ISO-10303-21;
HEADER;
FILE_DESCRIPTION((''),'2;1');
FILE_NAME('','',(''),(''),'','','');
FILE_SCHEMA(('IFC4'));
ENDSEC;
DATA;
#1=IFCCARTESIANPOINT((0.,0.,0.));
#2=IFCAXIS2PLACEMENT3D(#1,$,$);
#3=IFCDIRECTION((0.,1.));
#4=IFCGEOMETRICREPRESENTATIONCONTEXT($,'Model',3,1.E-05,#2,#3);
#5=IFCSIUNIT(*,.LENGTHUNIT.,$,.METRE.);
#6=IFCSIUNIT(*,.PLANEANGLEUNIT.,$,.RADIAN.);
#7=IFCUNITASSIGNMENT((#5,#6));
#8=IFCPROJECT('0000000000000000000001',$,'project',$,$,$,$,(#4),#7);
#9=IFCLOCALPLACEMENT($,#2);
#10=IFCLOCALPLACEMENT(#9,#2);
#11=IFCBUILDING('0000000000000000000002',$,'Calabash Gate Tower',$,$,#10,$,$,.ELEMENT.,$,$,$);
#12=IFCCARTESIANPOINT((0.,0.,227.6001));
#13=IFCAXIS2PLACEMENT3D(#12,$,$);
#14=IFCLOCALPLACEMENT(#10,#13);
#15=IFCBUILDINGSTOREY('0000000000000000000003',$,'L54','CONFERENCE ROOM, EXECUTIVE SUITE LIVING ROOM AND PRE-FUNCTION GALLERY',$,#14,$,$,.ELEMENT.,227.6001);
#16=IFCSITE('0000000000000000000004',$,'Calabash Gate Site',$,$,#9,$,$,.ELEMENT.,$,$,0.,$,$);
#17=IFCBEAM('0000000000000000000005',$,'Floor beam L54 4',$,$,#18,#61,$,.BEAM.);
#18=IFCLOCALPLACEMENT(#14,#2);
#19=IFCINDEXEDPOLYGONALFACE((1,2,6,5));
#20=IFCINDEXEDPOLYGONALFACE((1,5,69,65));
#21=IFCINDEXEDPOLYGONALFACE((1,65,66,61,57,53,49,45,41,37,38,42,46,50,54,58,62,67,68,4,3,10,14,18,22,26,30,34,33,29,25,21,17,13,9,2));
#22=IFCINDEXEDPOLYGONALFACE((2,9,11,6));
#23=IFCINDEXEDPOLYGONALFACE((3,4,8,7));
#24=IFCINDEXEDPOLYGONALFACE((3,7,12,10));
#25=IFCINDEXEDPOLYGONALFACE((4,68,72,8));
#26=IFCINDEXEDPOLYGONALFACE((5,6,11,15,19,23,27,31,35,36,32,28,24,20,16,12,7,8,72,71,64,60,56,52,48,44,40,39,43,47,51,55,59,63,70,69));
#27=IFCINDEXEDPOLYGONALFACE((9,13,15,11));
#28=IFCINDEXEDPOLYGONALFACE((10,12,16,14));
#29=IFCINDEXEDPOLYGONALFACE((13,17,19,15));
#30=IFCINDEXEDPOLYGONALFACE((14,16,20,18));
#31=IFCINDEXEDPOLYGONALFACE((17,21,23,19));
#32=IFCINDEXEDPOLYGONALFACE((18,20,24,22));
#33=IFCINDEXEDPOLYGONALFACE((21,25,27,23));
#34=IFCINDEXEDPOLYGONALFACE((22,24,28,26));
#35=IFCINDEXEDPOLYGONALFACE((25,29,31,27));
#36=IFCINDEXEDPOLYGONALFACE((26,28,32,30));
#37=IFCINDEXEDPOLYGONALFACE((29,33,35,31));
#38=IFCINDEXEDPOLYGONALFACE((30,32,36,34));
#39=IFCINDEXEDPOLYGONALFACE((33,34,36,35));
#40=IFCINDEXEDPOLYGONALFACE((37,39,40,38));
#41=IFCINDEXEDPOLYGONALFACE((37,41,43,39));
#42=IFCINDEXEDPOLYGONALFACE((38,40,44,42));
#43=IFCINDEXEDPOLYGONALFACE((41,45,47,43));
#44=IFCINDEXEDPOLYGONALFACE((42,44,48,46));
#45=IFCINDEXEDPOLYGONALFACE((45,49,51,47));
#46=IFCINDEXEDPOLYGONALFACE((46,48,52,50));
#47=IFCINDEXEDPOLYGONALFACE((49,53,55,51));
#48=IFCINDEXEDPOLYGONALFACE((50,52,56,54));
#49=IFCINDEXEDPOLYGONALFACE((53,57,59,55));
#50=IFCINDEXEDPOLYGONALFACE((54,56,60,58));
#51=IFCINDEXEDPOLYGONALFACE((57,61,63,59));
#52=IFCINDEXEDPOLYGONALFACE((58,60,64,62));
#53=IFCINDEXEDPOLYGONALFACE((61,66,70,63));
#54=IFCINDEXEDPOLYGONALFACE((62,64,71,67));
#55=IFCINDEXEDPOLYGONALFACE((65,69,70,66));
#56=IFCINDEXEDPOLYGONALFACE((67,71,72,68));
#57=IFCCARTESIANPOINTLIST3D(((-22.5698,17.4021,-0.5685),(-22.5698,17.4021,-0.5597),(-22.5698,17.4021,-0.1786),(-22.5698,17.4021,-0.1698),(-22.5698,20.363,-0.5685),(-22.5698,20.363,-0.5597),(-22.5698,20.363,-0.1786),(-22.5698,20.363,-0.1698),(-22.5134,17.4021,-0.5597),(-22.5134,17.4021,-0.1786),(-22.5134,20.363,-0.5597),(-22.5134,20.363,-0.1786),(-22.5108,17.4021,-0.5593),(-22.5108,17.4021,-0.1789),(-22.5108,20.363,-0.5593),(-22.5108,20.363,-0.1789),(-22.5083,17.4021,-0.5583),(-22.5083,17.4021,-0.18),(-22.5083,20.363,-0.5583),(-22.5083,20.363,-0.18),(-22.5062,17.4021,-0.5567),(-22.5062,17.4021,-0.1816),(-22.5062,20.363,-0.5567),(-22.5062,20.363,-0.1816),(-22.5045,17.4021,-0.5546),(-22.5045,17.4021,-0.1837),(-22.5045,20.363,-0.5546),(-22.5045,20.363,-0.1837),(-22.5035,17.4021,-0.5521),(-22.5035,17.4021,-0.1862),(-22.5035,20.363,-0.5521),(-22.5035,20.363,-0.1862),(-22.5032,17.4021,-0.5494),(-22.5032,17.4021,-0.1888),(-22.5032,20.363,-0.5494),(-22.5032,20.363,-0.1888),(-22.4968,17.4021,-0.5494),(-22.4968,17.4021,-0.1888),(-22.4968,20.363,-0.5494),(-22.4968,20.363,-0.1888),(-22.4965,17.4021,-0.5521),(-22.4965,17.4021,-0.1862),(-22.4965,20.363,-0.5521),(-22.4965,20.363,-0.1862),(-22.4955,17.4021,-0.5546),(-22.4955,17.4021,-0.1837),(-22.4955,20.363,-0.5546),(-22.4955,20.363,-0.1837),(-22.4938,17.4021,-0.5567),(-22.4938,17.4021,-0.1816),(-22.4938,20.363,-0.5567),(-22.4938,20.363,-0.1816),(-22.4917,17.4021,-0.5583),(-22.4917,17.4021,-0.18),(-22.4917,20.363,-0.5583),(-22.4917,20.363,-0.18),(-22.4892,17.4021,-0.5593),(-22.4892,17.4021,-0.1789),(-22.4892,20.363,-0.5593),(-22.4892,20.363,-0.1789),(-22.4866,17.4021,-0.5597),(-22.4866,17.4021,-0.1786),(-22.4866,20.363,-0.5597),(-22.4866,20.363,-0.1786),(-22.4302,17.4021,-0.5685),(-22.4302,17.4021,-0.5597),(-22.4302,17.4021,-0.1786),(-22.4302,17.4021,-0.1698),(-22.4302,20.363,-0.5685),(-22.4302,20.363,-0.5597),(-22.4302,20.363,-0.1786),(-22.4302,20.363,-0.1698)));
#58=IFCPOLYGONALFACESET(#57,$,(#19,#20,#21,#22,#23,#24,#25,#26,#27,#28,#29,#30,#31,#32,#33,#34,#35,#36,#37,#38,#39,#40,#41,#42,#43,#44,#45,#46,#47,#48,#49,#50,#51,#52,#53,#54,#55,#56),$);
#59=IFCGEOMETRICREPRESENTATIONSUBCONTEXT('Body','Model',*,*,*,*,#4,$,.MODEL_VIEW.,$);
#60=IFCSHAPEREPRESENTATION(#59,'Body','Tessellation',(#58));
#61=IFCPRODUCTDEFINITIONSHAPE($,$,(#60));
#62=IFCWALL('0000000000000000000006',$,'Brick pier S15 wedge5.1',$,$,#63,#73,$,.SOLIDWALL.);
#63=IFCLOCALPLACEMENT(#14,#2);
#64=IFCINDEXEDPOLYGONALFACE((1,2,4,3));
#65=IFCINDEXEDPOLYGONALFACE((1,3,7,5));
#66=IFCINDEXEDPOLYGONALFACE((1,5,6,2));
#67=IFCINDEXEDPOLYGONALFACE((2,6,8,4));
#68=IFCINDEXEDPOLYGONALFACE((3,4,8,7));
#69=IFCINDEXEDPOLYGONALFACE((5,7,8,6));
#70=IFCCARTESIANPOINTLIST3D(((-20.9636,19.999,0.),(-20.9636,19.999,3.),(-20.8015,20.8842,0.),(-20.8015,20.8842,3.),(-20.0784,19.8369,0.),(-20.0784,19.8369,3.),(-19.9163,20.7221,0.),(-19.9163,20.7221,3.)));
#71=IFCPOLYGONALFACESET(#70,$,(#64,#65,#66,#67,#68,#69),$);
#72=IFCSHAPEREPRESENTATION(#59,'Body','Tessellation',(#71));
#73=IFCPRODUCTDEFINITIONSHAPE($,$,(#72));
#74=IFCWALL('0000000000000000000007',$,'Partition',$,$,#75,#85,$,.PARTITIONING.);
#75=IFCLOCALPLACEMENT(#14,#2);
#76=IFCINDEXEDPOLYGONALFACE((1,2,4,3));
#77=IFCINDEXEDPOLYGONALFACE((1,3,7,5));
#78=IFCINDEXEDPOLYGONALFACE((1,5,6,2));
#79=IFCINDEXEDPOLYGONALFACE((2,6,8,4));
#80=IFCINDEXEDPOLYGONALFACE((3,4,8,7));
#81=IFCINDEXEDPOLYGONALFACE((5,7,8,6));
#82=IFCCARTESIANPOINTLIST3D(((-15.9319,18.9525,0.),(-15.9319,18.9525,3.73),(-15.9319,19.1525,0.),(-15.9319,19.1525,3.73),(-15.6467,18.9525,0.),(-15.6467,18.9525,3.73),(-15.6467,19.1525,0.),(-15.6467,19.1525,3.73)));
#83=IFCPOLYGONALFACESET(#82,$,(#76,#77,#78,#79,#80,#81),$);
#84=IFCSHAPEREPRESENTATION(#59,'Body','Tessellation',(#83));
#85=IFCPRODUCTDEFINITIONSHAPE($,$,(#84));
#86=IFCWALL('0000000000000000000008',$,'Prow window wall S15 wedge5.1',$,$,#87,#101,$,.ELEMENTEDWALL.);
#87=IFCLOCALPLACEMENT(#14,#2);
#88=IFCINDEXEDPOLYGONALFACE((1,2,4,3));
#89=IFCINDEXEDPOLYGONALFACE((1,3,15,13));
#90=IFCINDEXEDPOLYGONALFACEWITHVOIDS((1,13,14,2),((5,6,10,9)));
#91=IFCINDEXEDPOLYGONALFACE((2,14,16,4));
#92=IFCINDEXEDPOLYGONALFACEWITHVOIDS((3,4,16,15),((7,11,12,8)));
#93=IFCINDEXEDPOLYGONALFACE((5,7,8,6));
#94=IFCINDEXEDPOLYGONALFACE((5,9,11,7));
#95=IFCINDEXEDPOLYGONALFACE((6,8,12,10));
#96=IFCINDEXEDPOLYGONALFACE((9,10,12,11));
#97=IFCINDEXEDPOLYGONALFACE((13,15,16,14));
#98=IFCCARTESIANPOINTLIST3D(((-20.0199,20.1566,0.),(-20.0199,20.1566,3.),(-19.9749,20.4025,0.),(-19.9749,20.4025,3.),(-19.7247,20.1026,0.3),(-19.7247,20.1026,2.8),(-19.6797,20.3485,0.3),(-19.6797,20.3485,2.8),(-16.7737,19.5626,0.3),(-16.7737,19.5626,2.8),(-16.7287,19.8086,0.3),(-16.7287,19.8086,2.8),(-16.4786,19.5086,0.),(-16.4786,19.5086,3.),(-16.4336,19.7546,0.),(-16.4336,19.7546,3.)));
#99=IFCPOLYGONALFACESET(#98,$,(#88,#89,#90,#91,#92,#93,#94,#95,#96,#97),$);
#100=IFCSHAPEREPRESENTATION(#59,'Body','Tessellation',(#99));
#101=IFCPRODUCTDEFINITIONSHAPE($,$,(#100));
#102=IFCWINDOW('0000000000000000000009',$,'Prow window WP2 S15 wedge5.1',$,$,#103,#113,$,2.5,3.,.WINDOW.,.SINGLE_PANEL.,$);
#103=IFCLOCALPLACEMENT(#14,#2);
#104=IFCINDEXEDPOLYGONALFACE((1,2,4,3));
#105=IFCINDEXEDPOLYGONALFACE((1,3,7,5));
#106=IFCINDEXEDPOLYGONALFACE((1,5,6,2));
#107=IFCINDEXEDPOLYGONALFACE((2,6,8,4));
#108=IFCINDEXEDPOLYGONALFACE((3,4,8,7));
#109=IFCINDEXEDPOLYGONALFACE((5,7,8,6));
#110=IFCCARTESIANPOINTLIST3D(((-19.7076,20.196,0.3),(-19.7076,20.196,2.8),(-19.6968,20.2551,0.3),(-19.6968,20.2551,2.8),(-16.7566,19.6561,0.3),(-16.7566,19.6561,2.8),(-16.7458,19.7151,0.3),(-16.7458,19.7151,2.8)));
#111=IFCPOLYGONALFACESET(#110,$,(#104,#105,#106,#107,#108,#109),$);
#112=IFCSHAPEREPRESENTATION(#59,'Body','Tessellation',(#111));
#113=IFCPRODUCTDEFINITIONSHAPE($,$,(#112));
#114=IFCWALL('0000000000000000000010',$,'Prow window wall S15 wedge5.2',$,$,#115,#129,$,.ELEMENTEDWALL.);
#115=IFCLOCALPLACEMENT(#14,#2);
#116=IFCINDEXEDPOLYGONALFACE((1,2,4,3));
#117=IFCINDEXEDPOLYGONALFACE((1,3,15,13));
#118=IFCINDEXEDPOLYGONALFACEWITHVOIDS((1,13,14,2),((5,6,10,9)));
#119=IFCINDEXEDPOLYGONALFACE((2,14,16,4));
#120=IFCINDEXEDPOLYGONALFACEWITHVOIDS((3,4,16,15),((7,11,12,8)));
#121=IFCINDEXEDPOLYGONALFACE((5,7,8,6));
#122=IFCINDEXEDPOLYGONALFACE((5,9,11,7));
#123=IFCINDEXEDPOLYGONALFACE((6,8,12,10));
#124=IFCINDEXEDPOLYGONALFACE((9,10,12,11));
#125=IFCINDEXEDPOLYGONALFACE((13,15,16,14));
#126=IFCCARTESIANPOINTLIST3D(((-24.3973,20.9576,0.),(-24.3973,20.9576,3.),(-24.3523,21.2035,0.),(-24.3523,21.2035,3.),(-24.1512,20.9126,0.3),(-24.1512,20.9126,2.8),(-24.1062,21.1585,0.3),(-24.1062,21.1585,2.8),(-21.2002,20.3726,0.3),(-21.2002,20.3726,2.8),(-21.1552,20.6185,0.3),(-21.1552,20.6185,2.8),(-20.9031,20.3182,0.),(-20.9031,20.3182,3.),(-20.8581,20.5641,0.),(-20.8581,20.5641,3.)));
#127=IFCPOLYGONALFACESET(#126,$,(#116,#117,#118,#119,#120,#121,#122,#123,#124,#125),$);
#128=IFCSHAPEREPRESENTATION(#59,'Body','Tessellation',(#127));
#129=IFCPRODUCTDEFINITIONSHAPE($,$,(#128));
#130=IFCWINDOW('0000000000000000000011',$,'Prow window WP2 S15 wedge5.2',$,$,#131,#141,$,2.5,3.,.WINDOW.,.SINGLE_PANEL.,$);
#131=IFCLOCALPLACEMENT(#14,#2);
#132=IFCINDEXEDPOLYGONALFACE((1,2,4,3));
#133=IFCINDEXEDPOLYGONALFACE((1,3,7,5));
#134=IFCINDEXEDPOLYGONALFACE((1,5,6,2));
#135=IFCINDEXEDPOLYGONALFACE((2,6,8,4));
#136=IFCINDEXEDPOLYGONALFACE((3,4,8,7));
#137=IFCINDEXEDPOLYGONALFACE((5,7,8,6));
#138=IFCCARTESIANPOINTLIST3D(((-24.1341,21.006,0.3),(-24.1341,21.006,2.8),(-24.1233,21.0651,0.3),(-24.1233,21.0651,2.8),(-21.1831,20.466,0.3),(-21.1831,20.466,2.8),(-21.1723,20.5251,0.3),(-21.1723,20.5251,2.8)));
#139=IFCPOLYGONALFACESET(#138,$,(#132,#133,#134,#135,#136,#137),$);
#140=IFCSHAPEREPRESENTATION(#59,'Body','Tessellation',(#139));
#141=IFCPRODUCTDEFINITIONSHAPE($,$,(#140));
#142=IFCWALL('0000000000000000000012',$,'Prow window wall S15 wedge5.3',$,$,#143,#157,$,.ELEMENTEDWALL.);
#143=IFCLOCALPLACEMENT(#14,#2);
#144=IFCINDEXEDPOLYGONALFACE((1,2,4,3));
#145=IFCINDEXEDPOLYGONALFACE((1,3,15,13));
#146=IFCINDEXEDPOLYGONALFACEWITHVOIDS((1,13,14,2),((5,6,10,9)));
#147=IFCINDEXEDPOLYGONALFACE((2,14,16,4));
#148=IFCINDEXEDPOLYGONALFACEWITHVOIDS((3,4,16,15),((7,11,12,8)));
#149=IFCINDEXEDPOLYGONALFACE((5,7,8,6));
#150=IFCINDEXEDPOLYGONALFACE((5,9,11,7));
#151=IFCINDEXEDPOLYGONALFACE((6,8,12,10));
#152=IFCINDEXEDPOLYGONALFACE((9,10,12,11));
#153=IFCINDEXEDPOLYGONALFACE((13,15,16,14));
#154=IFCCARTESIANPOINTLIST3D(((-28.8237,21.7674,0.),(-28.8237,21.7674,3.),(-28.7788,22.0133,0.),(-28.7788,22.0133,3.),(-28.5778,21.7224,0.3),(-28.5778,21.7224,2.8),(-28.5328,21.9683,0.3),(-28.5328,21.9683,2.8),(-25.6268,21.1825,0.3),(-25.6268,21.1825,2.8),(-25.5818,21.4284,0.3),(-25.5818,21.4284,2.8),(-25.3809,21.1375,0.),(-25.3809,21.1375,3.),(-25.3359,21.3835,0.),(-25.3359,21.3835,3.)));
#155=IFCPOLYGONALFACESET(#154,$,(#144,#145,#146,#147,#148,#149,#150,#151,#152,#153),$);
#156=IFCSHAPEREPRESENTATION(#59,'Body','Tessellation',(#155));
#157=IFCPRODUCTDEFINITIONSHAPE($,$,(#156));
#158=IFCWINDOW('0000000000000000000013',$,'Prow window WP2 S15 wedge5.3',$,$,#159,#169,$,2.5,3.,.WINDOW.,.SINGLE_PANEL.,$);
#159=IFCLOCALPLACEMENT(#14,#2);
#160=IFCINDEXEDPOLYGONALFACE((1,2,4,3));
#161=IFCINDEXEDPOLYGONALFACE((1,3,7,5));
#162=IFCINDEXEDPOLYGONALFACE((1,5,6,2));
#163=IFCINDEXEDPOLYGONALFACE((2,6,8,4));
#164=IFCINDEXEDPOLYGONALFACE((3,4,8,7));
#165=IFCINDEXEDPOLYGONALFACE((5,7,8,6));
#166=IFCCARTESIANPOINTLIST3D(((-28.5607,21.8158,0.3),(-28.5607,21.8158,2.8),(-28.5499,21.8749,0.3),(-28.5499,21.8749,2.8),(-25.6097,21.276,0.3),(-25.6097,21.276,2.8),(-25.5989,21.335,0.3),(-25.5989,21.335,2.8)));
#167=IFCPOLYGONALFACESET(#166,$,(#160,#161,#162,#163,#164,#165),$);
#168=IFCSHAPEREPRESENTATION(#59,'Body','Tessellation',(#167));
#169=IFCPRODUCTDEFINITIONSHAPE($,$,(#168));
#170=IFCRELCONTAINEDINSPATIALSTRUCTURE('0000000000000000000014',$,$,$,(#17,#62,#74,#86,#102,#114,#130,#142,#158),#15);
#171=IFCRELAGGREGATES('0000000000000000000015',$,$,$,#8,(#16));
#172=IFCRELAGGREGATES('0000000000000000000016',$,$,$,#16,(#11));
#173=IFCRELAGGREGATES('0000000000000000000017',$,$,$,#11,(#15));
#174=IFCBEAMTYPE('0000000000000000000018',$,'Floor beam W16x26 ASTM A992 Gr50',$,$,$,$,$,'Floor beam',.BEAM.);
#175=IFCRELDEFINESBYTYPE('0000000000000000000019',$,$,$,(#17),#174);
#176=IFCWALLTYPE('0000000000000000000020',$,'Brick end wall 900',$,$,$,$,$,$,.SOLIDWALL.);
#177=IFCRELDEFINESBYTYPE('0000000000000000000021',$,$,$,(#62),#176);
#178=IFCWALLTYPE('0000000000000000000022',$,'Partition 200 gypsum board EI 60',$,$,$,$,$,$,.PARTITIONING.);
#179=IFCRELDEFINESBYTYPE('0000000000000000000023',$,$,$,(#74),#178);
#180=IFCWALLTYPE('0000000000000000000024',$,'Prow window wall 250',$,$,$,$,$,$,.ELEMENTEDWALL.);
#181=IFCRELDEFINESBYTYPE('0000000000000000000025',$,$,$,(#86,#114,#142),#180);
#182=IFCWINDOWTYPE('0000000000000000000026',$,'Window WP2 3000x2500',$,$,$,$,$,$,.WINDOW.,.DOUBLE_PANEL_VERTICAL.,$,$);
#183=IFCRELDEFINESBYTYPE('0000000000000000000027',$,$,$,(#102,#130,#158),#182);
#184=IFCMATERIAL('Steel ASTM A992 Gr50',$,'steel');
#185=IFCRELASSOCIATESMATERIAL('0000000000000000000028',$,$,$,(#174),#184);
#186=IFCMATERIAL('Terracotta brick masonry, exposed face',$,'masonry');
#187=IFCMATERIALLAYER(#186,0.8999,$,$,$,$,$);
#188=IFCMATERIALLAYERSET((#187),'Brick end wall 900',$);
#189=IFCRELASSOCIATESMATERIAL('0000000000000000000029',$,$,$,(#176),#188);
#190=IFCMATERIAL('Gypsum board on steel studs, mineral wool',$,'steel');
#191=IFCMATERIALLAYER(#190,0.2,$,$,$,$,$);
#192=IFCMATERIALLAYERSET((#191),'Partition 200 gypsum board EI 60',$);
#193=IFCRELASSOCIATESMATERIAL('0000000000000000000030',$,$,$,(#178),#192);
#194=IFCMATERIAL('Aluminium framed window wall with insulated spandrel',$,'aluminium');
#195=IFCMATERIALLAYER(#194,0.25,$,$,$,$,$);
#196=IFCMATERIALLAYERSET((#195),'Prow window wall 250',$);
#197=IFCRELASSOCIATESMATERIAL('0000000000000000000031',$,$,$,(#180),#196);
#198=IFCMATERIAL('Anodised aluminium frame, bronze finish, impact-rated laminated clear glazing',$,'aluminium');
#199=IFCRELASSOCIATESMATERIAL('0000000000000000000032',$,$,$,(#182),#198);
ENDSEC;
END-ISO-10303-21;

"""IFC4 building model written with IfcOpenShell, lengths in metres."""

from ifc_helpers import new_model, si_unit, direction, frame, frame_2d, origin, origin_2d, place, context, subcontext, project, spatial, rectangle, i_section, extrude, material, layer, layer_set, material_profile, profile_set, type_object, element, fill, save


model = new_model("IFC4")

# Units and contexts
model_context = context("Model", 3, precision=1e-05, world=origin(), true_north=direction((0.0, 1.0)))
body_context = subcontext(model_context, "Body", "Model", "MODEL_VIEW")
ifc_project = project(units=[si_unit("LENGTHUNIT", "METRE"), si_unit("PLANEANGLEUNIT", "RADIAN")], contexts=[model_context])

# Site, building, storey
site_placement = place(None, origin())
site = spatial("IfcSite", under=ifc_project, at=site_placement, Name="Calabash Gate Site", CompositionType="ELEMENT", RefElevation=0.0)
building_placement = place(site_placement, origin())
building = spatial("IfcBuilding", under=site, at=building_placement, Name="Calabash Gate Tower", CompositionType="ELEMENT")
storey_placement = place(building_placement, frame((0.0, 0.0, 227.6001)))
storey = spatial("IfcBuildingStorey", under=building, at=storey_placement, Name="L54", Description="CONFERENCE ROOM, EXECUTIVE SUITE LIVING ROOM AND PRE-FUNCTION GALLERY", CompositionType="ELEMENT", Elevation=227.6001)

# Beam
ifc_material_1 = material(Name="Steel ASTM A992 Gr50", Category="steel")
ifc_material_profile_1 = material_profile(ifc_material_1, i_section(OverallWidth=0.1396, OverallDepth=0.3987, WebThickness=0.0063, FlangeThickness=0.0088, FilletRadius=0.0103, at=origin_2d()))
ifc_profile_set_1 = profile_set([ifc_material_profile_1], Name="Steel ASTM A992 Gr50")
beam_type_1 = type_object("IfcBeamType", Name="Floor beam W16x26 ASTM A992 Gr50", ElementType="Floor beam", PredefinedType="BEAM", material=ifc_profile_set_1)
beam_1_placement = place(storey_placement, frame((-22.5, 17.4021, -0.3691), z_axis=(0.0, 1.0, 0.0), x_axis=(-1.0, 0.0, 0.0)))
element("IfcBeam", 1, at=beam_1_placement, inside=storey, type_object=beam_type_1, Name="Floor beam L54 4", PredefinedType="BEAM", context=body_context, shape_type="SweptSolid", body=[
    extrude(i_section(OverallWidth=0.1396, OverallDepth=0.3987, WebThickness=0.0063, FlangeThickness=0.0088, FilletRadius=0.0103, at=origin_2d()), origin(), (0.0, 0.0, 1.0), 2.9609),
])

# Walls
ifc_material_2 = material(Name="Terracotta brick masonry, exposed face", Category="masonry")
ifc_layer_1 = layer(ifc_material_2, 0.8999)
ifc_layer_set_1 = layer_set([ifc_layer_1], Name="Brick end wall 900")
wall_type_1 = type_object("IfcWallType", Name="Brick end wall 900", PredefinedType="SOLIDWALL", material=ifc_layer_set_1)
wall_1_placement = place(storey_placement, frame((-20.521, 19.918, 0.0), z_axis=(0.0, 0.0, 1.0), x_axis=(0.180127, 0.983643, 0.0)))
element("IfcWall", 2, at=wall_1_placement, inside=storey, type_object=wall_type_1, Name="Brick pier S15 wedge5.1", PredefinedType="SOLIDWALL", context=body_context, shape_type="SweptSolid", body=[
    extrude(rectangle(XDim=0.8999, YDim=0.8999, at=frame_2d((0.45, 0.0))), origin(), (0.0, 0.0, 1.0), 3.0),
])
ifc_material_3 = material(Name="Gypsum board on steel studs, mineral wool", Category="steel")
ifc_layer_2 = layer(ifc_material_3, 0.2)
ifc_layer_set_2 = layer_set([ifc_layer_2], Name="Partition 200 gypsum board EI 60")
wall_type_2 = type_object("IfcWallType", Name="Partition 200 gypsum board EI 60", PredefinedType="PARTITIONING", material=ifc_layer_set_2)
wall_2_placement = place(storey_placement, frame((-15.9319, 19.0525, 0.0), z_axis=(0.0, 0.0, 1.0), x_axis=(1.0, 0.0, 0.0)))
element("IfcWall", 3, at=wall_2_placement, inside=storey, type_object=wall_type_2, Name="Partition", PredefinedType="PARTITIONING", context=body_context, shape_type="SweptSolid", body=[
    extrude(rectangle(XDim=0.2852, YDim=0.2, at=frame_2d((0.1426, 0.0))), origin(), (0.0, 0.0, 1.0), 3.73),
])

# Walls, openings, windows
ifc_material_4 = material(Name="Aluminium framed window wall with insulated spandrel", Category="aluminium")
ifc_layer_3 = layer(ifc_material_4, 0.25)
ifc_layer_set_3 = layer_set([ifc_layer_3], Name="Prow window wall 250")
wall_type_3 = type_object("IfcWallType", Name="Prow window wall 250", PredefinedType="ELEMENTEDWALL", material=ifc_layer_set_3)
wall_3_placement = place(storey_placement, frame((-16.4561, 19.6316, 0.0), z_axis=(0.0, 0.0, 1.0), x_axis=(-0.98367, 0.179983, 0.0)))
wall_3 = element("IfcWall", 4, at=wall_3_placement, inside=storey, type_object=wall_type_3, Name="Prow window wall S15 wedge5.1", PredefinedType="ELEMENTEDWALL", context=body_context, shape_type="SweptSolid", body=[
    extrude(rectangle(XDim=3.6001, YDim=0.25, at=frame_2d((1.8, 0.0))), origin(), (0.0, 0.0, 1.0), 3.0),
])
opening_1_placement = place(wall_3_placement, frame((0.3, 0.0, 0.3)))
opening_1 = element("IfcOpeningElement", 5, at=opening_1_placement, cuts=wall_3, PredefinedType="OPENING", context=body_context, shape_type="SweptSolid", body=[
    extrude(rectangle(XDim=3.0, YDim=2.5, at=frame_2d((1.5, 1.25))), frame((0.0, 0.135, 0.0), z_axis=(0.0, -1.0, 0.0), x_axis=(1.0, 0.0, 0.0)), (0.0, 0.0, 1.0), 0.27),
])
ifc_material_5 = material(Name="Anodised aluminium frame, bronze finish, impact-rated laminated clear glazing", Category="aluminium")
window_type = type_object("IfcWindowType", Name="Window WP2 3000x2500", PartitioningType="DOUBLE_PANEL_VERTICAL", PredefinedType="WINDOW", material=ifc_material_5)
window_1_placement = place(opening_1_placement, origin())
window_1 = element("IfcWindow", 6, at=window_1_placement, inside=storey, type_object=window_type, Name="Prow window WP2 S15 wedge5.1", OverallHeight=2.5, OverallWidth=3.0, PartitioningType="SINGLE_PANEL", PredefinedType="WINDOW", context=body_context, shape_type="SweptSolid", body=[
    extrude(rectangle(XDim=3.0, YDim=2.5, at=frame_2d((1.5, 1.25))), frame((0.0, 0.03, 0.0), z_axis=(0.0, -1.0, 0.0), x_axis=(1.0, 0.0, 0.0)), (0.0, 0.0, 1.0), 0.0601),
])
fill(opening_1, window_1)
wall_4_placement = place(storey_placement, frame((-20.8806, 20.4412, 0.0), z_axis=(0.0, 0.0, 1.0), x_axis=(-0.983666, 0.180004, 0.0)))
wall_4 = element("IfcWall", 7, at=wall_4_placement, inside=storey, type_object=wall_type_3, Name="Prow window wall S15 wedge5.2", PredefinedType="ELEMENTEDWALL", context=body_context, shape_type="SweptSolid", body=[
    extrude(rectangle(XDim=3.5522, YDim=0.25, at=frame_2d((1.7761, 0.0))), origin(), (0.0, 0.0, 1.0), 3.0),
])
opening_2_placement = place(wall_4_placement, frame((0.302, 0.0, 0.3)))
opening_2 = element("IfcOpeningElement", 8, at=opening_2_placement, cuts=wall_4, PredefinedType="OPENING", context=body_context, shape_type="SweptSolid", body=[
    extrude(rectangle(XDim=3.0, YDim=2.5, at=frame_2d((1.5, 1.25))), frame((0.0, 0.135, 0.0), z_axis=(0.0, -1.0, 0.0), x_axis=(1.0, 0.0, 0.0)), (0.0, 0.0, 1.0), 0.27),
])
window_2_placement = place(opening_2_placement, origin())
window_2 = element("IfcWindow", 9, at=window_2_placement, inside=storey, type_object=window_type, Name="Prow window WP2 S15 wedge5.2", OverallHeight=2.5, OverallWidth=3.0, PartitioningType="SINGLE_PANEL", PredefinedType="WINDOW", context=body_context, shape_type="SweptSolid", body=[
    extrude(rectangle(XDim=3.0, YDim=2.5, at=frame_2d((1.5, 1.25))), frame((0.0, 0.03, 0.0), z_axis=(0.0, -1.0, 0.0), x_axis=(1.0, 0.0, 0.0)), (0.0, 0.0, 1.0), 0.0601),
])
fill(opening_2, window_2)
wall_5_placement = place(storey_placement, frame((-25.3584, 21.2605, 0.0), z_axis=(0.0, 0.0, 1.0), x_axis=(-0.983673, 0.179966, 0.0)))
wall_5 = element("IfcWall", 10, at=wall_5_placement, inside=storey, type_object=wall_type_3, Name="Prow window wall S15 wedge5.3", PredefinedType="ELEMENTEDWALL", context=body_context, shape_type="SweptSolid", body=[
    extrude(rectangle(XDim=3.5, YDim=0.25, at=frame_2d((1.75, 0.0))), origin(), (0.0, 0.0, 1.0), 3.0),
])
opening_3_placement = place(wall_5_placement, frame((0.25, 0.0, 0.3)))
opening_3 = element("IfcOpeningElement", 11, at=opening_3_placement, cuts=wall_5, PredefinedType="OPENING", context=body_context, shape_type="SweptSolid", body=[
    extrude(rectangle(XDim=3.0, YDim=2.5, at=frame_2d((1.5, 1.25))), frame((0.0, 0.135, 0.0), z_axis=(0.0, -1.0, 0.0), x_axis=(1.0, 0.0, 0.0)), (0.0, 0.0, 1.0), 0.27),
])
window_3_placement = place(opening_3_placement, origin())
window_3 = element("IfcWindow", 12, at=window_3_placement, inside=storey, type_object=window_type, Name="Prow window WP2 S15 wedge5.3", OverallHeight=2.5, OverallWidth=3.0, PartitioningType="SINGLE_PANEL", PredefinedType="WINDOW", context=body_context, shape_type="SweptSolid", body=[
    extrude(rectangle(XDim=3.0, YDim=2.5, at=frame_2d((1.5, 1.25))), frame((0.0, 0.03, 0.0), z_axis=(0.0, -1.0, 0.0), x_axis=(1.0, 0.0, 0.0)), (0.0, 0.0, 1.0), 0.0601),
])
fill(opening_3, window_3)

save(model, "model.ifc")
